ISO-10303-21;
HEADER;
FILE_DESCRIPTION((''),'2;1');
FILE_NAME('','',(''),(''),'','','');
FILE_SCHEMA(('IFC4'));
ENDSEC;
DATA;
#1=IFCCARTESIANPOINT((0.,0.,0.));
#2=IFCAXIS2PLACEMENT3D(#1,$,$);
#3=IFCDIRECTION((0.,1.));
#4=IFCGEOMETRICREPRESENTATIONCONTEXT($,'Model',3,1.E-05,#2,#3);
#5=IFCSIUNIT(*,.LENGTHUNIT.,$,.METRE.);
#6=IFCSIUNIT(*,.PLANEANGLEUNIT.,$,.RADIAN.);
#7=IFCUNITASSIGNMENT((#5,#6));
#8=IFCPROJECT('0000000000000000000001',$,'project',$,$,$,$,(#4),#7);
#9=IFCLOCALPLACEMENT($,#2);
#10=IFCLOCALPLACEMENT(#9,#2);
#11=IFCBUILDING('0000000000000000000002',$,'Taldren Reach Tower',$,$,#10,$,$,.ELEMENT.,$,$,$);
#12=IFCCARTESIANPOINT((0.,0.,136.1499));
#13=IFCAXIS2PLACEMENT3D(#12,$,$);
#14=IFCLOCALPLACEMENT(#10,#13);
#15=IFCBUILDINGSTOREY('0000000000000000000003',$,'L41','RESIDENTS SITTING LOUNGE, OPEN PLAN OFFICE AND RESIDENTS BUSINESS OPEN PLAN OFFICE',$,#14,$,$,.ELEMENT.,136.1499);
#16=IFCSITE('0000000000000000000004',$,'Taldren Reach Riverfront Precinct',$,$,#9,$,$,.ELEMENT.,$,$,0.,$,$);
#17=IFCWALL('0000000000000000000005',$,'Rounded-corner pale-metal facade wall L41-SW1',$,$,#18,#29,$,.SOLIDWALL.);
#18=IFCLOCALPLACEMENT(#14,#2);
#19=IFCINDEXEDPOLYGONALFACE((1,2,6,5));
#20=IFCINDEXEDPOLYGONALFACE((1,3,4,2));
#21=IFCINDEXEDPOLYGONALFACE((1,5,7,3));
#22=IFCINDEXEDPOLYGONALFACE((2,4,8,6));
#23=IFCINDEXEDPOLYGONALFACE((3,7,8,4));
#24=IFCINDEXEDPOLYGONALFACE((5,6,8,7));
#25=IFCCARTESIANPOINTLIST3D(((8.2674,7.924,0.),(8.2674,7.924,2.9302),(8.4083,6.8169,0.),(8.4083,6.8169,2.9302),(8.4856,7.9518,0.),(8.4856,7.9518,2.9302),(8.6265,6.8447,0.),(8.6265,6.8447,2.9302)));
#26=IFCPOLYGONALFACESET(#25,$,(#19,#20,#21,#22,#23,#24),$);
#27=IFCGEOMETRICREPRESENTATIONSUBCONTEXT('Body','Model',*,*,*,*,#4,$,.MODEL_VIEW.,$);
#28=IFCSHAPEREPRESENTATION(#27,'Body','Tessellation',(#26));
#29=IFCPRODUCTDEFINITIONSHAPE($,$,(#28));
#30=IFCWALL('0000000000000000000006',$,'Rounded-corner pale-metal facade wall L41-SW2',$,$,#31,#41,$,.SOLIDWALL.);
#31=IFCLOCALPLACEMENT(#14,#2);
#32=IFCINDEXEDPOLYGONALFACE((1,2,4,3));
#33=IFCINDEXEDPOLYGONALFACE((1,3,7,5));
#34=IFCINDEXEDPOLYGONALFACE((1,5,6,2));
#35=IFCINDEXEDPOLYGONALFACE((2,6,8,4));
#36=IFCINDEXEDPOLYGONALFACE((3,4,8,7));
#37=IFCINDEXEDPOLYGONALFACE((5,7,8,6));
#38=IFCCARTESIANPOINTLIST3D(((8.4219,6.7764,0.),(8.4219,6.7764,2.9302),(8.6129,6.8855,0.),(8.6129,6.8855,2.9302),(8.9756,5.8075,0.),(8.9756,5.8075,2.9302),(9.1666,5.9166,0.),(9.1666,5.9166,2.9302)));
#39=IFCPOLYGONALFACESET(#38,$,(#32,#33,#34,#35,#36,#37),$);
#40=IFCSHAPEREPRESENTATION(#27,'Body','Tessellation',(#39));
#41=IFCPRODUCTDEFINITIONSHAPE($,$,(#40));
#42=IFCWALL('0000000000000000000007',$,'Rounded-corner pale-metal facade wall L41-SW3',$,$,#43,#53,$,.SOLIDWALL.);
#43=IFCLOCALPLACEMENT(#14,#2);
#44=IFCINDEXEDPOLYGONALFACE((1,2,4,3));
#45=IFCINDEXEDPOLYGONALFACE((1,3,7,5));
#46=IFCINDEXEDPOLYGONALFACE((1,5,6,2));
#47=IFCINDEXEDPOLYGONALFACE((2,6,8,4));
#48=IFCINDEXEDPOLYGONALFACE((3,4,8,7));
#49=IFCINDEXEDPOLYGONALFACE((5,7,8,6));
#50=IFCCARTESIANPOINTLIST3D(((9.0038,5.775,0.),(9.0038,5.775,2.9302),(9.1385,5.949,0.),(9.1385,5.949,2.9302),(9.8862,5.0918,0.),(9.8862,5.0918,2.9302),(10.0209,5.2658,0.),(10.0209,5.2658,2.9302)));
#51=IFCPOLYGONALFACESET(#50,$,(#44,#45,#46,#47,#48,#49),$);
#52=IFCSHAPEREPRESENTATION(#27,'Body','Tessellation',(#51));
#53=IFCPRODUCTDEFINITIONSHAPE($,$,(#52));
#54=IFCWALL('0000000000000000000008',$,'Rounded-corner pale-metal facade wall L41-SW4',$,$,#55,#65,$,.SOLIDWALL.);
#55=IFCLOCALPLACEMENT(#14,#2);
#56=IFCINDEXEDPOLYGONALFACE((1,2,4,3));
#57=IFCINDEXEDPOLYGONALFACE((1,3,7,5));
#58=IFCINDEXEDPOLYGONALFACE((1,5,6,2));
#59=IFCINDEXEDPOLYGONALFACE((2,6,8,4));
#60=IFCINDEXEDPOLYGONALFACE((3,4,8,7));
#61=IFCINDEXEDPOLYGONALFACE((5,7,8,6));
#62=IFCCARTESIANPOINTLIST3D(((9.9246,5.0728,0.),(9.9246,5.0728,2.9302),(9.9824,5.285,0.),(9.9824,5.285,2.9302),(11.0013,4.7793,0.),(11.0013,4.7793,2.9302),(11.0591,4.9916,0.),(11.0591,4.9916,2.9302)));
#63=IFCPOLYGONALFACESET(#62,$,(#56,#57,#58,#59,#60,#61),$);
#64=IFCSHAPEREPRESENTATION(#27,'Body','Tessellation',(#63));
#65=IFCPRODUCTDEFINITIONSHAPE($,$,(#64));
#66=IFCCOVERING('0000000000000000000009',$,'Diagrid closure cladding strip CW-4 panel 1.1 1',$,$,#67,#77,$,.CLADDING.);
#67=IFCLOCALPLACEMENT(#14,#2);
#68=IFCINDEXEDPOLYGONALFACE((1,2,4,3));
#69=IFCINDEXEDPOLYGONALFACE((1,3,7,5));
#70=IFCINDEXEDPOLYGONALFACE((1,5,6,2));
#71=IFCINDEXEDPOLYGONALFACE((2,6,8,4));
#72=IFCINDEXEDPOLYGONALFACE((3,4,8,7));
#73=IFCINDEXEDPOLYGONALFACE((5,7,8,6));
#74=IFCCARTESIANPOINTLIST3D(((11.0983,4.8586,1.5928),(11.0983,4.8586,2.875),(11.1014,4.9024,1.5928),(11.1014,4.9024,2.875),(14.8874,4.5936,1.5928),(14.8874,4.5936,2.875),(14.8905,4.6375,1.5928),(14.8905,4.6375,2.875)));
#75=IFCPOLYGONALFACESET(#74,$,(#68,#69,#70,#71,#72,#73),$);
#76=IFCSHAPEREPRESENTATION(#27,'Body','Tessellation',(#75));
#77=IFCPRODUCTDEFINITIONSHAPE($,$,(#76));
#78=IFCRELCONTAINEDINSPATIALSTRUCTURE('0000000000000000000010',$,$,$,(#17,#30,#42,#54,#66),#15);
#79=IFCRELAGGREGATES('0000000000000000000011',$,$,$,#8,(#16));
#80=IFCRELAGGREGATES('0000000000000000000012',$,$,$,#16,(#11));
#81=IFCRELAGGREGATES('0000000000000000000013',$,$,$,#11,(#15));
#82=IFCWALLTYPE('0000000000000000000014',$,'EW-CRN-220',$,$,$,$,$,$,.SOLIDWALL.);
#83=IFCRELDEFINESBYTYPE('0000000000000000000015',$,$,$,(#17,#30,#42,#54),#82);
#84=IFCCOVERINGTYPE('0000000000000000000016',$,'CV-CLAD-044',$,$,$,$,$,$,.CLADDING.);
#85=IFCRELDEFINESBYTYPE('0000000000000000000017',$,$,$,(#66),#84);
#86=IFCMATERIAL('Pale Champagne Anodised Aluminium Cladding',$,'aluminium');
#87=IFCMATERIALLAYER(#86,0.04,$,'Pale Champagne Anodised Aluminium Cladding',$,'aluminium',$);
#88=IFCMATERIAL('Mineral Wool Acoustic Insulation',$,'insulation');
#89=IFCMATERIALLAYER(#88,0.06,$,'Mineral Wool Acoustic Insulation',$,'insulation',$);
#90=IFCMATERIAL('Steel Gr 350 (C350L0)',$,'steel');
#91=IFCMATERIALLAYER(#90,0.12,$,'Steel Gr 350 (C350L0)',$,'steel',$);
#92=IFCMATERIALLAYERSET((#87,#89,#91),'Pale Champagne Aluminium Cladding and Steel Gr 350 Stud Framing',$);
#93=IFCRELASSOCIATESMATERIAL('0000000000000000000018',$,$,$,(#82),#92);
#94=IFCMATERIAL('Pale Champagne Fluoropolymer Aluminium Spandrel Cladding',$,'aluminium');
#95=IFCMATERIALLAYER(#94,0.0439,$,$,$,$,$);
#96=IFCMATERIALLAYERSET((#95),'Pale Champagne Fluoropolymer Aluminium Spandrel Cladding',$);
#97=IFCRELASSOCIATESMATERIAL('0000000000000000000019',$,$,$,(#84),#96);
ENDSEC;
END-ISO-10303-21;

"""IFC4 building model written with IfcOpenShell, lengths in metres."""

from ifc_helpers import new_model, si_unit, direction, frame, frame_2d, origin, origin_2d, place, context, subcontext, project, spatial, rectangle, extrude, source, transform, mapped, material, layer, layer_set, type_object, element, save


model = new_model("IFC4")

# Units and contexts
model_context = context("Model", 3, precision=1e-05, world=origin(), true_north=direction((0.0, 1.0)))
body_context = subcontext(model_context, "Body", "Model", "MODEL_VIEW")
ifc_project = project(units=[si_unit("LENGTHUNIT", "METRE"), si_unit("PLANEANGLEUNIT", "RADIAN")], contexts=[model_context])

# Site, building, storey
site_placement = place(None, origin())
site = spatial("IfcSite", under=ifc_project, at=site_placement, Name="Taldren Reach Riverfront Precinct", CompositionType="ELEMENT", RefElevation=0.0)
building_placement = place(site_placement, origin())
building = spatial("IfcBuilding", under=site, at=building_placement, Name="Taldren Reach Tower", CompositionType="ELEMENT")
storey_placement = place(building_placement, frame((0.0, 0.0, 136.1499)))
storey = spatial("IfcBuildingStorey", under=building, at=storey_placement, Name="L41", Description="RESIDENTS SITTING LOUNGE, OPEN PLAN OFFICE AND RESIDENTS BUSINESS OPEN PLAN OFFICE", CompositionType="ELEMENT", Elevation=136.1499)

# Shared definitions
ifc_material_1 = material(Name="Steel Gr 350 (C350L0)", Category="steel")

# Walls
ifc_material_2 = material(Name="Pale Champagne Anodised Aluminium Cladding", Category="aluminium")
ifc_layer_1 = layer(ifc_material_2, 0.04, Name="Pale Champagne Anodised Aluminium Cladding", Category="aluminium")
ifc_material_3 = material(Name="Mineral Wool Acoustic Insulation", Category="insulation")
ifc_layer_2 = layer(ifc_material_3, 0.06, Name="Mineral Wool Acoustic Insulation", Category="insulation")
ifc_layer_3 = layer(ifc_material_1, 0.12, Name="Steel Gr 350 (C350L0)", Category="steel")
ifc_layer_set_1 = layer_set([ifc_layer_1, ifc_layer_2, ifc_layer_3], Name="Pale Champagne Aluminium Cladding and Steel Gr 350 Stud Framing")
wall_type = type_object("IfcWallType", Name="EW-CRN-220", PredefinedType="SOLIDWALL", material=ifc_layer_set_1)
shared_shape_1 = source(origin(), body_context, "Body", "SweptSolid", [
    extrude(rectangle(XDim=1.116, YDim=0.22, at=frame_2d((0.5581, 0.0))), origin(), (0.0, 0.0, 1.0), 2.9302),
])
for number, where, z_axis, x_axis, name in (
    (1, (8.3765, 7.938, 0.0), (0.0, 0.0, 1.0), (0.126243, -0.991999, 0.0), "Rounded-corner pale-metal facade wall L41-SW1"),
    (2, (8.5173, 6.8311, 0.0), (0.0, 0.0, 1.0), (0.496139, -0.868243, 0.0), "Rounded-corner pale-metal facade wall L41-SW2"),
    (3, (9.071, 5.8621, 0.0), (0.0, 0.0, 1.0), (0.790717, -0.612182, 0.0), "Rounded-corner pale-metal facade wall L41-SW3"),
    (4, (9.9534, 5.179, 0.0), (0.0, 0.0, 1.0), (0.964804, -0.262969, 0.0), "Rounded-corner pale-metal facade wall L41-SW4"),
):
    element("IfcWall", number, at=place(storey_placement, frame(where, z_axis=z_axis, x_axis=x_axis)), inside=storey, type_object=wall_type, Name=name, PredefinedType="SOLIDWALL", context=body_context, shape_type="MappedRepresentation", body=[
        mapped(shared_shape_1, transform((0.0, 0.0, 0.0), scale=1.0)),
    ])

# Covering
ifc_material_4 = material(Name="Pale Champagne Fluoropolymer Aluminium Spandrel Cladding", Category="aluminium")
ifc_layer_4 = layer(ifc_material_4, 0.0439)
ifc_layer_set_2 = layer_set([ifc_layer_4], Name="Pale Champagne Fluoropolymer Aluminium Spandrel Cladding")
covering_type = type_object("IfcCoveringType", Name="CV-CLAD-044", PredefinedType="CLADDING", material=ifc_layer_set_2)
shared_shape_2 = source(origin(), body_context, "Body", "SweptSolid", [
    extrude(rectangle(XDim=3.7983, YDim=0.0439, at=origin_2d()), origin(), (0.0, 0.0, 1.0), 1.2822),
])
covering_placement = place(storey_placement, frame((12.9944, 4.748, 1.5928), z_axis=(0.0, 0.0, 1.0), x_axis=(0.997564, -0.069757, 0.0)))
element("IfcCovering", 5, at=covering_placement, inside=storey, type_object=covering_type, Name="Diagrid closure cladding strip CW-4 panel 1.1 1", PredefinedType="CLADDING", context=body_context, shape_type="MappedRepresentation", body=[
    mapped(shared_shape_2, transform((0.0, 0.0, 0.0), scale=1.0)),
])

save(model, "model.ifc")
